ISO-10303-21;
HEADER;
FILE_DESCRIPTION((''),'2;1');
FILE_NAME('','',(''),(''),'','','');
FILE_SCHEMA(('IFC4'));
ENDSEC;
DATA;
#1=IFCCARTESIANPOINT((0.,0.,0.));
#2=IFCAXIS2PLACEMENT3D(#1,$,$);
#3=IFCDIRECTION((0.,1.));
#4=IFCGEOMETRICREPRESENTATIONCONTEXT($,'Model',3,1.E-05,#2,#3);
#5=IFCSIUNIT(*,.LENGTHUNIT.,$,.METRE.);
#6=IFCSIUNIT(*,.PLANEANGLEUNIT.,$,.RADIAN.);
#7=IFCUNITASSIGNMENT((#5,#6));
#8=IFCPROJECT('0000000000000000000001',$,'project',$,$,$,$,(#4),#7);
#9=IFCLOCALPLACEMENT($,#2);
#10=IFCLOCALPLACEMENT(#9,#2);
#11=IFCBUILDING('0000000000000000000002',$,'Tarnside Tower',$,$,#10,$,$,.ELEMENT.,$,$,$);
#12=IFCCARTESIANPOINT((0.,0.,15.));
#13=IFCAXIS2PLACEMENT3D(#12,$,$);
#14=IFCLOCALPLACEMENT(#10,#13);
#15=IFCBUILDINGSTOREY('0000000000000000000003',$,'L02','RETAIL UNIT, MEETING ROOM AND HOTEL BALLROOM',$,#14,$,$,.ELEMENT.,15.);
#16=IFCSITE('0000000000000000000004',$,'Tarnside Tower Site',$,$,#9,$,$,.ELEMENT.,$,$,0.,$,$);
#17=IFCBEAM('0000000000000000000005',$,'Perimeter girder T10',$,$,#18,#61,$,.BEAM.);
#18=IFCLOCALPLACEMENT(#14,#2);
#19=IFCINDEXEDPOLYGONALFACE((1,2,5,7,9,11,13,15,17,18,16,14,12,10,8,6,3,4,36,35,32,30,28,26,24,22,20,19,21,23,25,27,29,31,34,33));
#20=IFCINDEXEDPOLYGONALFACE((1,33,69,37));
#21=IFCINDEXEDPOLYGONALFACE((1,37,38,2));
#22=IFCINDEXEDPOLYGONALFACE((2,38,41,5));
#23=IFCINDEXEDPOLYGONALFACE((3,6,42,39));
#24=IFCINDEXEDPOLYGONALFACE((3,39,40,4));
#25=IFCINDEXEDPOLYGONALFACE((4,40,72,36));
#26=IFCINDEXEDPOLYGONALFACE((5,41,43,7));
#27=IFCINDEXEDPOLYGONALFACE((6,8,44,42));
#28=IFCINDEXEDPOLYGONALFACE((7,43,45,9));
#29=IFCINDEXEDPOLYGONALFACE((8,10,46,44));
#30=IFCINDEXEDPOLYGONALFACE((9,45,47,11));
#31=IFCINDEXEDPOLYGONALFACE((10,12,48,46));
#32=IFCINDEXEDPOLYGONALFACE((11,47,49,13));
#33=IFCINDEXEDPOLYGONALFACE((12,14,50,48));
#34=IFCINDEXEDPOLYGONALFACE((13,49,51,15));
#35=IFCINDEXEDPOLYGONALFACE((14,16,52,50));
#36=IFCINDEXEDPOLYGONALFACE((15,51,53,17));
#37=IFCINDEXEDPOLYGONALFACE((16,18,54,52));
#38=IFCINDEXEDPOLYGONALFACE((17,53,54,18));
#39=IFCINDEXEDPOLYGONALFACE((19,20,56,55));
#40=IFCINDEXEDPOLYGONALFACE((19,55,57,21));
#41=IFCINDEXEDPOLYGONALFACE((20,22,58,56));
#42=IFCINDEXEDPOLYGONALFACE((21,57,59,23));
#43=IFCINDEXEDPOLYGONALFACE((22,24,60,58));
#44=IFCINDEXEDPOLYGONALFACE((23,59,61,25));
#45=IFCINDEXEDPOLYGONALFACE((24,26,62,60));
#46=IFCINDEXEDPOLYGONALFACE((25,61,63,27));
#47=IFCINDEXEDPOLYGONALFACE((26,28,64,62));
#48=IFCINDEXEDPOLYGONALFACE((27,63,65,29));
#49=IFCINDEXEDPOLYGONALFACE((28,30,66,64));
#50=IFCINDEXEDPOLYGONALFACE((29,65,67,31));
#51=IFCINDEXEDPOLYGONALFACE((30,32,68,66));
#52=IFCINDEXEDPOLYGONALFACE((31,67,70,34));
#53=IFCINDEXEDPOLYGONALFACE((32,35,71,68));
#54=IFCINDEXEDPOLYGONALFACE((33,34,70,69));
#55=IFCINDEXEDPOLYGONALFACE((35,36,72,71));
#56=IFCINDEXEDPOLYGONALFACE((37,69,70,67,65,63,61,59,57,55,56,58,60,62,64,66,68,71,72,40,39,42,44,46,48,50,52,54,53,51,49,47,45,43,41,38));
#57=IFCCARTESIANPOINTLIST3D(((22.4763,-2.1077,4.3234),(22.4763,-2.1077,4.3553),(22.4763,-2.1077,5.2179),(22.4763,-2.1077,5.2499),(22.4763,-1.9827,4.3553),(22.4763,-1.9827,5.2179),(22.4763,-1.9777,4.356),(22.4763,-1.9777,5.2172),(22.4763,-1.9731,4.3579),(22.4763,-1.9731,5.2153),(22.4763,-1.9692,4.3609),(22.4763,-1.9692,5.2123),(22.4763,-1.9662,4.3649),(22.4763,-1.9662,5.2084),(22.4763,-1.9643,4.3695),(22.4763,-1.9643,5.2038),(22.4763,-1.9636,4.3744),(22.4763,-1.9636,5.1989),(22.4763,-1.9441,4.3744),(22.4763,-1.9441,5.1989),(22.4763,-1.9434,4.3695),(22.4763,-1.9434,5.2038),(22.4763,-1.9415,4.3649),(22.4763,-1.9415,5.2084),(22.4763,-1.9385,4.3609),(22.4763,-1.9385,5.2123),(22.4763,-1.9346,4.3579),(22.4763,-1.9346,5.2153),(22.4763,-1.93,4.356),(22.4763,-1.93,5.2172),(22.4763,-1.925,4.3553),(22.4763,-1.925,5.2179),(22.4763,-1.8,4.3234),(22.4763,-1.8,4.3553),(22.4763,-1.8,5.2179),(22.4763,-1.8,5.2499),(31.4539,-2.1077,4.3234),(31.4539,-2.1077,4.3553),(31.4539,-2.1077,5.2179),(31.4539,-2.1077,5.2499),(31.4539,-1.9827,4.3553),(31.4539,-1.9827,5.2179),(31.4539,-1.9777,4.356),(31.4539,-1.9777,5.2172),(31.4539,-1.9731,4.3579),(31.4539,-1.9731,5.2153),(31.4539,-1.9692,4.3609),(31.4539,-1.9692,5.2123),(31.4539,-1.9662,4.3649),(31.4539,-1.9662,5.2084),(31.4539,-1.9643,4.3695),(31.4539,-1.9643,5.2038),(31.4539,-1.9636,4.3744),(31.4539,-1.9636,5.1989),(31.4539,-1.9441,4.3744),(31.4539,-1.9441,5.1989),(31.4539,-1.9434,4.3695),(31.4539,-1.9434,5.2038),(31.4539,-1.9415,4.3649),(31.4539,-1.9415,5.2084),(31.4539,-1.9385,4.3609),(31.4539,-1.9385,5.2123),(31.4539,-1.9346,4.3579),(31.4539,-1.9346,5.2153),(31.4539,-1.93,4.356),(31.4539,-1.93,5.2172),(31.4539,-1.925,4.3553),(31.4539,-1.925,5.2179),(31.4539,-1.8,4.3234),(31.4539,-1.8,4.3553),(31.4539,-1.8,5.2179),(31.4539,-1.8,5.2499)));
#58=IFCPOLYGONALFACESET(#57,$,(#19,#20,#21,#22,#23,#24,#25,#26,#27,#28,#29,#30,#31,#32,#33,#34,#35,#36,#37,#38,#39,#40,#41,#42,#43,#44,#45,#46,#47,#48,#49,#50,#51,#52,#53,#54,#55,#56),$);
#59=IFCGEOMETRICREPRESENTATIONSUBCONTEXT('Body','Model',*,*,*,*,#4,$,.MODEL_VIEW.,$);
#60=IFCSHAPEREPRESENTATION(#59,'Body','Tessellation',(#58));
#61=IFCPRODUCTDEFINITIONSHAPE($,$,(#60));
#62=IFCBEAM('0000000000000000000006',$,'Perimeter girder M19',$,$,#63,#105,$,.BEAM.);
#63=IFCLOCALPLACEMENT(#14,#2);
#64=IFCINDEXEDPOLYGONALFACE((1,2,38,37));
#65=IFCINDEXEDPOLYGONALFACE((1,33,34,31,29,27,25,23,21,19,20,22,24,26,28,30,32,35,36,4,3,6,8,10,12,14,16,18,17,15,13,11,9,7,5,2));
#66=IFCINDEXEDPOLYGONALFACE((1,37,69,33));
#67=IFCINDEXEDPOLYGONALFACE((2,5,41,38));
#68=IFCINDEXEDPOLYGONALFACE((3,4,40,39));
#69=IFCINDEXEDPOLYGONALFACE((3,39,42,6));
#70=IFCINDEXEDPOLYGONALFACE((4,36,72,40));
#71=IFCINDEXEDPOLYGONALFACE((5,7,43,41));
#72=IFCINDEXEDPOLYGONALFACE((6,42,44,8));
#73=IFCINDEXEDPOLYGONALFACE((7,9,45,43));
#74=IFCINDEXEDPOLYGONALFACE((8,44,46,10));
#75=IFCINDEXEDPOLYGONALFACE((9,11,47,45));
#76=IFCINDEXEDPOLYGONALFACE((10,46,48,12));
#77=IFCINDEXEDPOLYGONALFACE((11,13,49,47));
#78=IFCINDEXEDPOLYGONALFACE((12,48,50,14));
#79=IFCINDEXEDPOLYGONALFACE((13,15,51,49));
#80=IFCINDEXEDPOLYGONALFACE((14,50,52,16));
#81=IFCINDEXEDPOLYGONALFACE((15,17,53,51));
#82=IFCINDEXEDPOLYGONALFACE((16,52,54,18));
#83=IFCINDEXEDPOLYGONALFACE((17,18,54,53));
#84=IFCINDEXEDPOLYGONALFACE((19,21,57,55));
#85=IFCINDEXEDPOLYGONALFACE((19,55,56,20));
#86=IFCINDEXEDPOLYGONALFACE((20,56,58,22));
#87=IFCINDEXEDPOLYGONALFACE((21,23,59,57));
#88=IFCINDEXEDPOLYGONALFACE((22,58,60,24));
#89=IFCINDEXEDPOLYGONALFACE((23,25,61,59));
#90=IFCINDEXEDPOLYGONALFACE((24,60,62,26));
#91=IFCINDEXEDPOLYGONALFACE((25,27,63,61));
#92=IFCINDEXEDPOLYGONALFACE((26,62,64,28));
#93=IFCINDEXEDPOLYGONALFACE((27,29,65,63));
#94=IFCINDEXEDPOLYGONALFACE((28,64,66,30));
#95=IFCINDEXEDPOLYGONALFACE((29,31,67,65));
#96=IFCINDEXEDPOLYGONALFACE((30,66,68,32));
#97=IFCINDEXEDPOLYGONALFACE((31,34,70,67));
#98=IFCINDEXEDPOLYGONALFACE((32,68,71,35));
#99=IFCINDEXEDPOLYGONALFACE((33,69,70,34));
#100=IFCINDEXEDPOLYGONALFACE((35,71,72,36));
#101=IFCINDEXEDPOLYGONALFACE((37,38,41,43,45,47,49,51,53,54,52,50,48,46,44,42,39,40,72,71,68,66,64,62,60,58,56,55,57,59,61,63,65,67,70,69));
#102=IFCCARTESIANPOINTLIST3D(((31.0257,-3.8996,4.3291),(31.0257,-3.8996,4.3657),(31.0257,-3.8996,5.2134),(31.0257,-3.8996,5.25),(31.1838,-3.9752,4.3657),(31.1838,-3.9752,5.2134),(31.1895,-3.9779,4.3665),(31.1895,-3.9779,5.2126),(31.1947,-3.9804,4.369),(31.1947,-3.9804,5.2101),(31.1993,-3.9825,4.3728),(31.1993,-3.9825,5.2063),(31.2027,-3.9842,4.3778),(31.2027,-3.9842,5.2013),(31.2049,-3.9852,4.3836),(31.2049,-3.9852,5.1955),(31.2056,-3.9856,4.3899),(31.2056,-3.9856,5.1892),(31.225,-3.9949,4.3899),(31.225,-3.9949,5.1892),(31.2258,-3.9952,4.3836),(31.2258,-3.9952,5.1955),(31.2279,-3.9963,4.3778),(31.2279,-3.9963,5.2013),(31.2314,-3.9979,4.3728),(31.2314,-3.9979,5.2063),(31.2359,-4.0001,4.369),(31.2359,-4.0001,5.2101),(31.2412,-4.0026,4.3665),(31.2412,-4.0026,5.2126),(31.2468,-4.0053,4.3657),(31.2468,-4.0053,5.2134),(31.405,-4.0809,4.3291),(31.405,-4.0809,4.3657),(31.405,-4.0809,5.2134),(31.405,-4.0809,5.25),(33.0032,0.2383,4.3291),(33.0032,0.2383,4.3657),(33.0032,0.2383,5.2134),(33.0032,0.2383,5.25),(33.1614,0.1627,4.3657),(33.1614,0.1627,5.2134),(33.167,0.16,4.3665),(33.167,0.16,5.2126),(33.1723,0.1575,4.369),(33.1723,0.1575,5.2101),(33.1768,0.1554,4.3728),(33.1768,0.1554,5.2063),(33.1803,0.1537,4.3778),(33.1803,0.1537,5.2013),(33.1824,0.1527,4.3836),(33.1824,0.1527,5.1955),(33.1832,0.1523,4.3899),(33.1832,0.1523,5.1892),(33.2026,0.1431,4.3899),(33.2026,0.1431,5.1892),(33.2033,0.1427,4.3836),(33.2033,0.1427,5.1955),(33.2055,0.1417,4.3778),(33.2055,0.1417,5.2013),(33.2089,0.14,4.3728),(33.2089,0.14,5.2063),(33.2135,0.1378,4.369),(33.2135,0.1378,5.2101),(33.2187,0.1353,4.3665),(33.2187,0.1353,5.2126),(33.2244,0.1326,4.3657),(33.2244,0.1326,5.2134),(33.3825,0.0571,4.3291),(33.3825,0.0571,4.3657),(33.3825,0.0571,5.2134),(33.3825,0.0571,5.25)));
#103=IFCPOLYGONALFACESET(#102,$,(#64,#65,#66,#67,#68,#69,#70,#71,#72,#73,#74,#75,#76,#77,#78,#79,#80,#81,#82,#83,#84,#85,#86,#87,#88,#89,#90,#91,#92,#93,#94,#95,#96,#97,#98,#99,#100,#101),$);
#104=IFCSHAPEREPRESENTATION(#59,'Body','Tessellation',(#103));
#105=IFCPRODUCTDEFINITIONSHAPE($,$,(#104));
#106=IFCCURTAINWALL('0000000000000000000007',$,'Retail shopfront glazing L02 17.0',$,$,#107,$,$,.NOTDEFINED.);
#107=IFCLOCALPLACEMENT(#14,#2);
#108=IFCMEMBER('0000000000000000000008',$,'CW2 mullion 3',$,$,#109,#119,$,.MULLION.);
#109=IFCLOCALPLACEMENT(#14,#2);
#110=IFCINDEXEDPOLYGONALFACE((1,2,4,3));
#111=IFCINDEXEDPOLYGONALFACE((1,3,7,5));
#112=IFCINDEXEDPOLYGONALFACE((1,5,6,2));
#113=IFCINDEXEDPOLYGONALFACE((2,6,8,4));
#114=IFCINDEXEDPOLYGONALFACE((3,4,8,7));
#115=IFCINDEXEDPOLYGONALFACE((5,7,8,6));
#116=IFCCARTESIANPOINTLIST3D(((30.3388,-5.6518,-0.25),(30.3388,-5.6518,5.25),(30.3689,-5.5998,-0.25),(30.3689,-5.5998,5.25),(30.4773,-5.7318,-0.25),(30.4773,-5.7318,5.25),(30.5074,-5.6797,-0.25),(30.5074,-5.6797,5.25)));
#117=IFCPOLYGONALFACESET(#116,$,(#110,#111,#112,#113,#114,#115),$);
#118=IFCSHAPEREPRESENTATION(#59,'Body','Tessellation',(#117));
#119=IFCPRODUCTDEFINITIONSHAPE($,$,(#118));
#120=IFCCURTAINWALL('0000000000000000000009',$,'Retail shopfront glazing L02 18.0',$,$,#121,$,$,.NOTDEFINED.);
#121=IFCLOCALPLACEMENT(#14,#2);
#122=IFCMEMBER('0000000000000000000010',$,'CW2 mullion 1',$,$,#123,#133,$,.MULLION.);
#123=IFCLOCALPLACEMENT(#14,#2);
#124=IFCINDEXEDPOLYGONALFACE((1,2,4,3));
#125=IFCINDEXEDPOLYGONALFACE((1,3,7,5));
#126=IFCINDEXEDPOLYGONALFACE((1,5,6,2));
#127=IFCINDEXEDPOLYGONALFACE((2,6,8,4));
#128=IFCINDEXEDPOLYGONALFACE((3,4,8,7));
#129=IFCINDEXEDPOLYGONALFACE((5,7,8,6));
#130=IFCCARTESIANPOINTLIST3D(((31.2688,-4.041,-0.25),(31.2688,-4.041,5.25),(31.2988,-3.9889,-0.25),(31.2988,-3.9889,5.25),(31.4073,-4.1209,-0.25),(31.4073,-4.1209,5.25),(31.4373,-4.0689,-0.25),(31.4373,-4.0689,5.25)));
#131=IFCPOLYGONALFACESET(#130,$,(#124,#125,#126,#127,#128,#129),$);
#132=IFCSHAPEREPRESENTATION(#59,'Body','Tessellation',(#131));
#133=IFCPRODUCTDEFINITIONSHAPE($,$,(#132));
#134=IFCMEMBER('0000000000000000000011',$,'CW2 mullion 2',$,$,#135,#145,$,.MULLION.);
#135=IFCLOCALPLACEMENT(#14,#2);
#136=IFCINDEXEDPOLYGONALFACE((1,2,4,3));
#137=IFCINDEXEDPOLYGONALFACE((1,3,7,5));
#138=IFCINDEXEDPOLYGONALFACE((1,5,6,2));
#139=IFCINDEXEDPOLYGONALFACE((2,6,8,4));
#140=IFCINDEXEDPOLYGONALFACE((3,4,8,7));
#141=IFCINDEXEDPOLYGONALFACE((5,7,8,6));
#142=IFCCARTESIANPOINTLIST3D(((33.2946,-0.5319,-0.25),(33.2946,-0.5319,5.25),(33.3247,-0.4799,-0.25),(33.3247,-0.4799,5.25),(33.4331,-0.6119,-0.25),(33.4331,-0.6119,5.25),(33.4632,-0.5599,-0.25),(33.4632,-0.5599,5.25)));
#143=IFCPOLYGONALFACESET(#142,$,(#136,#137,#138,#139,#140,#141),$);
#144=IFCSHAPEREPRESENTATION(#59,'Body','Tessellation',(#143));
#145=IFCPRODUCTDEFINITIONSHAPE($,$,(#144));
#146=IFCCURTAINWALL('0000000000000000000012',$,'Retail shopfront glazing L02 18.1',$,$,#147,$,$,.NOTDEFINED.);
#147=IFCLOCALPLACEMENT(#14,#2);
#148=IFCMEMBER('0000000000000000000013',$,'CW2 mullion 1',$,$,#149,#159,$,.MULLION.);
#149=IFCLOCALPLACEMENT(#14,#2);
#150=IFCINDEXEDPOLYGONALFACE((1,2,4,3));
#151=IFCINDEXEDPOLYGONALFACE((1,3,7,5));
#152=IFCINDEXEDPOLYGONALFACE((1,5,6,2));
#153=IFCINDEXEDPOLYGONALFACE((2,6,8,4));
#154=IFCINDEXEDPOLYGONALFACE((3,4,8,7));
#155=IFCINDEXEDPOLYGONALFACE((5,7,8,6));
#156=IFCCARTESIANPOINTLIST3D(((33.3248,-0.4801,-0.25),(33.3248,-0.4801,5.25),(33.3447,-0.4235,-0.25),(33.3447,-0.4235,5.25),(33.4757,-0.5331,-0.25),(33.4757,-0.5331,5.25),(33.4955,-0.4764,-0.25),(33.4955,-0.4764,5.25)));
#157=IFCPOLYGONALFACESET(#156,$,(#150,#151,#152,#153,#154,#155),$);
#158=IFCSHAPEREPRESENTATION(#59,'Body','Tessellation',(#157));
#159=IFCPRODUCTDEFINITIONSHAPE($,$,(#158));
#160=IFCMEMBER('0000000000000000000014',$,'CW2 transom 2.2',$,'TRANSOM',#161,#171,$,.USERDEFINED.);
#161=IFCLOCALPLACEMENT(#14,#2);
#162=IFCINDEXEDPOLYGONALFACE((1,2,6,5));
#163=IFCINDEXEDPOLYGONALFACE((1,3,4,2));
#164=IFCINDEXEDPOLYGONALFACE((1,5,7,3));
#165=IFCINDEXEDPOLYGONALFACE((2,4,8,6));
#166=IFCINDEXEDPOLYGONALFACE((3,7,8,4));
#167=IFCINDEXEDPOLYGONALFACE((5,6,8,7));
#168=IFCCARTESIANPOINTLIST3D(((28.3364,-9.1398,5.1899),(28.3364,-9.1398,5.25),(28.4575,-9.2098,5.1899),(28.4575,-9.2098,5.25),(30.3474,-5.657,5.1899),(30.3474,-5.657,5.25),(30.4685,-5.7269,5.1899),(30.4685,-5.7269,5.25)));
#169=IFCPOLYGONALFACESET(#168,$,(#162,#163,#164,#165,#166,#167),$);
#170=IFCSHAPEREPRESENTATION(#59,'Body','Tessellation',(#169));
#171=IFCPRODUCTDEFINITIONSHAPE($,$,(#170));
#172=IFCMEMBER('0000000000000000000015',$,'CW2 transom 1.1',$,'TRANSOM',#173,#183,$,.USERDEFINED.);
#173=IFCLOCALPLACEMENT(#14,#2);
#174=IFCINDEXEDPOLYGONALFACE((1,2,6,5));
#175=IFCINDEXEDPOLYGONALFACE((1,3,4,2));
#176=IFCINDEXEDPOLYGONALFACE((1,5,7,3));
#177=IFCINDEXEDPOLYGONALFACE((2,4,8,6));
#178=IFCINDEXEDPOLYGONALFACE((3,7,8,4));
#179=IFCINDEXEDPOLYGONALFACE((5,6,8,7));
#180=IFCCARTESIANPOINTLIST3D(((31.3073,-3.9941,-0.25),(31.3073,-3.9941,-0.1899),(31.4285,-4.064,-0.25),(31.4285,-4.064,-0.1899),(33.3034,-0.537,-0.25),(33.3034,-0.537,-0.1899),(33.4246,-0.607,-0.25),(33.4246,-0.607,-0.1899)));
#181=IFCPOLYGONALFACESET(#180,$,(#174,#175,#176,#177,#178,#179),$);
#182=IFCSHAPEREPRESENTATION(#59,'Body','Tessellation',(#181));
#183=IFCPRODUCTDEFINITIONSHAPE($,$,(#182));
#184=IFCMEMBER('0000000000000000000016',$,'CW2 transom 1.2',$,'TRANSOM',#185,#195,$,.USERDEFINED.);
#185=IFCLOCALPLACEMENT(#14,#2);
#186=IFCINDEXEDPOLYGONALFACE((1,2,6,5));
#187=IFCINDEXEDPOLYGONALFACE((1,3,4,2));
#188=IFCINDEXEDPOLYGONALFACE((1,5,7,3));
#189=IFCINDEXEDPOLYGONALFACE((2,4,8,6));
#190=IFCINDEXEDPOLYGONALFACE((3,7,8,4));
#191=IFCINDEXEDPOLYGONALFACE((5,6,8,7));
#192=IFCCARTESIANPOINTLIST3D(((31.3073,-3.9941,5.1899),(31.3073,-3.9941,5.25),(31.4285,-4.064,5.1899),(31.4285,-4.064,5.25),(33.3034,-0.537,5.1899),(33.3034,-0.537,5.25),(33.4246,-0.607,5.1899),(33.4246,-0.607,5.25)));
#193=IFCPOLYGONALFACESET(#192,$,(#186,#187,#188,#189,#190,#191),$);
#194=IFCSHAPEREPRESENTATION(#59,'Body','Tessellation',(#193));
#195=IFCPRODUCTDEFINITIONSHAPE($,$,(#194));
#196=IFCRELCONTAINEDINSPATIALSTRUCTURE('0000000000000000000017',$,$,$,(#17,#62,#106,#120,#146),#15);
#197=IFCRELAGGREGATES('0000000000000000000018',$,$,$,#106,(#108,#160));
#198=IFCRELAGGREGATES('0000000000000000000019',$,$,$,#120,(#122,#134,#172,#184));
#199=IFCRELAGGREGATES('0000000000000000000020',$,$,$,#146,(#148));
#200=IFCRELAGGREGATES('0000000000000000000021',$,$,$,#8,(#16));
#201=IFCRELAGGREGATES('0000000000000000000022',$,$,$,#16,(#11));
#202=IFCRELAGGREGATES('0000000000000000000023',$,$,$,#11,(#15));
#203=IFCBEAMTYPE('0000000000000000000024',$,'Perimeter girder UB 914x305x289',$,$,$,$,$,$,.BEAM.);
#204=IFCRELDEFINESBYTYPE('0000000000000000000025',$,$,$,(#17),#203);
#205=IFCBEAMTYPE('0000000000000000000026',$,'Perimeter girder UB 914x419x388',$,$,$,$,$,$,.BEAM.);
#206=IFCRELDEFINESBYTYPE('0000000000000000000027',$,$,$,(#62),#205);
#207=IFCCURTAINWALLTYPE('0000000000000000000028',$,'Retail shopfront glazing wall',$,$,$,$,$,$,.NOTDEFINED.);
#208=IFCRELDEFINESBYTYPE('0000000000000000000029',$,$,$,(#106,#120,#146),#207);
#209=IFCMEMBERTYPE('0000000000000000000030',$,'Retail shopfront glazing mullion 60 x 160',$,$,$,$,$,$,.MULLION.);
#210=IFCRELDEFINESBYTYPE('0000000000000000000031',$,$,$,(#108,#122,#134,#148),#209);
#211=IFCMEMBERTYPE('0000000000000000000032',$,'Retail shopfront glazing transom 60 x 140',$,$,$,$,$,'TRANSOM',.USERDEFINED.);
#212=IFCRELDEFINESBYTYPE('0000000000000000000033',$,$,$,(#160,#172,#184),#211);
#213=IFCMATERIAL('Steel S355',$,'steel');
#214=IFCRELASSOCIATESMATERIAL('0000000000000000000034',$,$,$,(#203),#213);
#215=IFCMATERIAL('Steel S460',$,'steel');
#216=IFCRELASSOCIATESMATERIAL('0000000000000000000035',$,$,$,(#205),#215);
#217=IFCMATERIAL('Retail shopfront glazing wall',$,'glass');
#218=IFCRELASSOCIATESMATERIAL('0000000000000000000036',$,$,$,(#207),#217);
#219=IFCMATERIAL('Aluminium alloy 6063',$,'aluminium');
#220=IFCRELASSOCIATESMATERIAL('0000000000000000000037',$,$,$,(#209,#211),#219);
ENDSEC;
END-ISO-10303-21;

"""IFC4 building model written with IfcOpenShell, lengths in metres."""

from ifc_helpers import new_model, si_unit, direction, frame, origin, origin_2d, place, context, subcontext, project, spatial, rectangle, i_section, extrude, material, material_profile, profile_set, type_object, element, aggregate, save


model = new_model("IFC4")

# Units and contexts
model_context = context("Model", 3, precision=1e-05, world=origin(), true_north=direction((0.0, 1.0)))
body_context = subcontext(model_context, "Body", "Model", "MODEL_VIEW")
ifc_project = project(units=[si_unit("LENGTHUNIT", "METRE"), si_unit("PLANEANGLEUNIT", "RADIAN")], contexts=[model_context])

# Site, building, storey
site_placement = place(None, origin())
site = spatial("IfcSite", under=ifc_project, at=site_placement, Name="Tarnside Tower Site", CompositionType="ELEMENT", RefElevation=0.0)
building_placement = place(site_placement, origin())
building = spatial("IfcBuilding", under=site, at=building_placement, Name="Tarnside Tower", CompositionType="ELEMENT")
storey_placement = place(building_placement, frame((0.0, 0.0, 15.0)))
storey = spatial("IfcBuildingStorey", under=building, at=storey_placement, Name="L02", Description="RETAIL UNIT, MEETING ROOM AND HOTEL BALLROOM", CompositionType="ELEMENT", Elevation=15.0)

# Shared definitions
ifc_material_1 = material(Name="Steel S460", Category="steel")

# Beams
ifc_material_2 = material(Name="Steel S355", Category="steel")
ifc_material_profile_1 = material_profile(ifc_material_2, i_section(OverallWidth=0.3076, OverallDepth=0.9265, WebThickness=0.0195, FlangeThickness=0.032, FilletRadius=0.019, at=origin_2d()), Name="UB 914x305x289")
ifc_profile_set_1 = profile_set([ifc_material_profile_1], Name="Steel S355")
beam_type_1 = type_object("IfcBeamType", Name="Perimeter girder UB 914x305x289", PredefinedType="BEAM", material=ifc_profile_set_1)
beam_1_placement = place(storey_placement, frame((31.4539, -1.9539, 4.7866), z_axis=(-1.0, 0.0, 0.0), x_axis=(0.0, -1.0, 0.0)))
element("IfcBeam", 1, at=beam_1_placement, inside=storey, type_object=beam_type_1, Name="Perimeter girder T10", PredefinedType="BEAM", context=body_context, shape_type="SweptSolid", body=[
    extrude(i_section(OverallWidth=0.3076, OverallDepth=0.9265, WebThickness=0.0195, FlangeThickness=0.032, FilletRadius=0.019, at=origin_2d()), origin(), (0.0, 0.0, 1.0), 8.9775),
])
ifc_material_profile_2 = material_profile(ifc_material_1, i_section(OverallWidth=0.4204, OverallDepth=0.9209, WebThickness=0.0215, FlangeThickness=0.0366, FilletRadius=0.0242, at=origin_2d()), Name="UB 914x419x388")
ifc_profile_set_2 = profile_set([ifc_material_profile_2], Name="Steel S460")
beam_type_2 = type_object("IfcBeamType", Name="Perimeter girder UB 914x419x388", PredefinedType="BEAM", material=ifc_profile_set_2)
beam_2_placement = place(storey_placement, frame((31.2153, -3.9902, 4.7896), z_axis=(0.431194, 0.902259, 0.0), x_axis=(-0.902259, 0.431194, 0.0)))
element("IfcBeam", 2, at=beam_2_placement, inside=storey, type_object=beam_type_2, Name="Perimeter girder M19", PredefinedType="BEAM", context=body_context, shape_type="SweptSolid", body=[
    extrude(i_section(OverallWidth=0.4204, OverallDepth=0.9209, WebThickness=0.0215, FlangeThickness=0.0366, FilletRadius=0.0242, at=origin_2d()), origin(), (0.0, 0.0, 1.0), 4.5862),
])

# Curtain wall, member
ifc_material_3 = material(Name="Retail shopfront glazing wall", Category="glass")
curtain_wall_type = type_object("IfcCurtainWallType", Name="Retail shopfront glazing wall", PredefinedType="NOTDEFINED", material=ifc_material_3)
curtain_wall_1_placement = place(storey_placement, origin())
curtain_wall_1 = element("IfcCurtainWall", 3, at=curtain_wall_1_placement, inside=storey, type_object=curtain_wall_type, Name="Retail shopfront glazing L02 17.0", PredefinedType="NOTDEFINED")
ifc_material_4 = material(Name="Aluminium alloy 6063", Category="aluminium")
ifc_material_profile_3 = material_profile(ifc_material_4, rectangle(XDim=0.1599, YDim=0.0601, at=origin_2d()), Name="Retail shopfront glazing mullion 60 x 160")
ifc_profile_set_3 = profile_set([ifc_material_profile_3], Name="Aluminium alloy 6063")
member_type_1 = type_object("IfcMemberType", Name="Retail shopfront glazing mullion 60 x 160", PredefinedType="MULLION", material=ifc_profile_set_3)
member_1_placement = place(storey_placement, frame((30.4231, -5.6658, -0.25), z_axis=(0.0, 0.0, 1.0), x_axis=(-0.866025, 0.5, 0.0)))
member_1 = element("IfcMember", 4, at=member_1_placement, type_object=member_type_1, Name="CW2 mullion 3", PredefinedType="MULLION", context=body_context, shape_type="SweptSolid", body=[
    extrude(rectangle(XDim=0.1599, YDim=0.0601, at=origin_2d()), origin(), (0.0, 0.0, 1.0), 5.5),
])

# Curtain wall, members
curtain_wall_2_placement = place(storey_placement, origin())
curtain_wall_2 = element("IfcCurtainWall", 5, at=curtain_wall_2_placement, inside=storey, type_object=curtain_wall_type, Name="Retail shopfront glazing L02 18.0", PredefinedType="NOTDEFINED")
member_2_placement = place(storey_placement, frame((31.353, -4.0549, -0.25), z_axis=(0.0, 0.0, 1.0), x_axis=(-0.866025, 0.5, 0.0)))
member_2 = element("IfcMember", 6, at=member_2_placement, type_object=member_type_1, Name="CW2 mullion 1", PredefinedType="MULLION", context=body_context, shape_type="SweptSolid", body=[
    extrude(rectangle(XDim=0.1599, YDim=0.0601, at=origin_2d()), origin(), (0.0, 0.0, 1.0), 5.5),
])
member_3_placement = place(storey_placement, frame((33.3789, -0.5459, -0.25), z_axis=(0.0, 0.0, 1.0), x_axis=(-0.866025, 0.5, 0.0)))
member_3 = element("IfcMember", 7, at=member_3_placement, type_object=member_type_1, Name="CW2 mullion 2", PredefinedType="MULLION", context=body_context, shape_type="SweptSolid", body=[
    extrude(rectangle(XDim=0.1599, YDim=0.0601, at=origin_2d()), origin(), (0.0, 0.0, 1.0), 5.5),
])

# Curtain wall, member
curtain_wall_3_placement = place(storey_placement, origin())
curtain_wall_3 = element("IfcCurtainWall", 8, at=curtain_wall_3_placement, inside=storey, type_object=curtain_wall_type, Name="Retail shopfront glazing L02 18.1", PredefinedType="NOTDEFINED")
member_4_placement = place(storey_placement, frame((33.4102, -0.4783, -0.25), z_axis=(0.0, 0.0, 1.0), x_axis=(-0.943609, 0.331063, 0.0)))
member_4 = element("IfcMember", 9, at=member_4_placement, type_object=member_type_1, Name="CW2 mullion 1", PredefinedType="MULLION", context=body_context, shape_type="SweptSolid", body=[
    extrude(rectangle(XDim=0.1599, YDim=0.0601, at=origin_2d()), origin(), (0.0, 0.0, 1.0), 5.5),
])

# Members
ifc_material_profile_4 = material_profile(ifc_material_4, rectangle(XDim=0.1399, YDim=0.0601, at=origin_2d()), Name="Retail shopfront glazing transom 60 x 140")
ifc_profile_set_4 = profile_set([ifc_material_profile_4], Name="Aluminium alloy 6063")
member_type_2 = type_object("IfcMemberType", Name="Retail shopfront glazing transom 60 x 140", ElementType="TRANSOM", PredefinedType="USERDEFINED", material=ifc_profile_set_4)
member_5_placement = place(storey_placement, frame((28.397, -9.1748, 5.22), z_axis=(0.500024, 0.866012, 0.0), x_axis=(-0.866012, 0.500024, 0.0)))
member_5 = element("IfcMember", 10, at=member_5_placement, type_object=member_type_2, Name="CW2 transom 2.2", ObjectType="TRANSOM", PredefinedType="USERDEFINED", context=body_context, shape_type="SweptSolid", body=[
    extrude(rectangle(XDim=0.1399, YDim=0.0601, at=origin_2d()), origin(), (0.0, 0.0, 1.0), 4.0217),
])
member_6_placement = place(storey_placement, frame((31.3679, -4.0291, -0.22), z_axis=(0.500033, 0.866006, 0.0), x_axis=(-0.866006, 0.500033, 0.0)))
member_6 = element("IfcMember", 11, at=member_6_placement, type_object=member_type_2, Name="CW2 transom 1.1", ObjectType="TRANSOM", PredefinedType="USERDEFINED", context=body_context, shape_type="SweptSolid", body=[
    extrude(rectangle(XDim=0.1399, YDim=0.0601, at=origin_2d()), origin(), (0.0, 0.0, 1.0), 3.9919),
])
member_7_placement = place(storey_placement, frame((31.3679, -4.0291, 5.22), z_axis=(0.500033, 0.866006, 0.0), x_axis=(-0.866006, 0.500033, 0.0)))
member_7 = element("IfcMember", 12, at=member_7_placement, type_object=member_type_2, Name="CW2 transom 1.2", ObjectType="TRANSOM", PredefinedType="USERDEFINED", context=body_context, shape_type="SweptSolid", body=[
    extrude(rectangle(XDim=0.1399, YDim=0.0601, at=origin_2d()), origin(), (0.0, 0.0, 1.0), 3.9919),
])

aggregate(curtain_wall_1, [member_1, member_5])
aggregate(curtain_wall_2, [member_2, member_3, member_6, member_7])
aggregate(curtain_wall_3, [member_4])

save(model, "model.ifc")
